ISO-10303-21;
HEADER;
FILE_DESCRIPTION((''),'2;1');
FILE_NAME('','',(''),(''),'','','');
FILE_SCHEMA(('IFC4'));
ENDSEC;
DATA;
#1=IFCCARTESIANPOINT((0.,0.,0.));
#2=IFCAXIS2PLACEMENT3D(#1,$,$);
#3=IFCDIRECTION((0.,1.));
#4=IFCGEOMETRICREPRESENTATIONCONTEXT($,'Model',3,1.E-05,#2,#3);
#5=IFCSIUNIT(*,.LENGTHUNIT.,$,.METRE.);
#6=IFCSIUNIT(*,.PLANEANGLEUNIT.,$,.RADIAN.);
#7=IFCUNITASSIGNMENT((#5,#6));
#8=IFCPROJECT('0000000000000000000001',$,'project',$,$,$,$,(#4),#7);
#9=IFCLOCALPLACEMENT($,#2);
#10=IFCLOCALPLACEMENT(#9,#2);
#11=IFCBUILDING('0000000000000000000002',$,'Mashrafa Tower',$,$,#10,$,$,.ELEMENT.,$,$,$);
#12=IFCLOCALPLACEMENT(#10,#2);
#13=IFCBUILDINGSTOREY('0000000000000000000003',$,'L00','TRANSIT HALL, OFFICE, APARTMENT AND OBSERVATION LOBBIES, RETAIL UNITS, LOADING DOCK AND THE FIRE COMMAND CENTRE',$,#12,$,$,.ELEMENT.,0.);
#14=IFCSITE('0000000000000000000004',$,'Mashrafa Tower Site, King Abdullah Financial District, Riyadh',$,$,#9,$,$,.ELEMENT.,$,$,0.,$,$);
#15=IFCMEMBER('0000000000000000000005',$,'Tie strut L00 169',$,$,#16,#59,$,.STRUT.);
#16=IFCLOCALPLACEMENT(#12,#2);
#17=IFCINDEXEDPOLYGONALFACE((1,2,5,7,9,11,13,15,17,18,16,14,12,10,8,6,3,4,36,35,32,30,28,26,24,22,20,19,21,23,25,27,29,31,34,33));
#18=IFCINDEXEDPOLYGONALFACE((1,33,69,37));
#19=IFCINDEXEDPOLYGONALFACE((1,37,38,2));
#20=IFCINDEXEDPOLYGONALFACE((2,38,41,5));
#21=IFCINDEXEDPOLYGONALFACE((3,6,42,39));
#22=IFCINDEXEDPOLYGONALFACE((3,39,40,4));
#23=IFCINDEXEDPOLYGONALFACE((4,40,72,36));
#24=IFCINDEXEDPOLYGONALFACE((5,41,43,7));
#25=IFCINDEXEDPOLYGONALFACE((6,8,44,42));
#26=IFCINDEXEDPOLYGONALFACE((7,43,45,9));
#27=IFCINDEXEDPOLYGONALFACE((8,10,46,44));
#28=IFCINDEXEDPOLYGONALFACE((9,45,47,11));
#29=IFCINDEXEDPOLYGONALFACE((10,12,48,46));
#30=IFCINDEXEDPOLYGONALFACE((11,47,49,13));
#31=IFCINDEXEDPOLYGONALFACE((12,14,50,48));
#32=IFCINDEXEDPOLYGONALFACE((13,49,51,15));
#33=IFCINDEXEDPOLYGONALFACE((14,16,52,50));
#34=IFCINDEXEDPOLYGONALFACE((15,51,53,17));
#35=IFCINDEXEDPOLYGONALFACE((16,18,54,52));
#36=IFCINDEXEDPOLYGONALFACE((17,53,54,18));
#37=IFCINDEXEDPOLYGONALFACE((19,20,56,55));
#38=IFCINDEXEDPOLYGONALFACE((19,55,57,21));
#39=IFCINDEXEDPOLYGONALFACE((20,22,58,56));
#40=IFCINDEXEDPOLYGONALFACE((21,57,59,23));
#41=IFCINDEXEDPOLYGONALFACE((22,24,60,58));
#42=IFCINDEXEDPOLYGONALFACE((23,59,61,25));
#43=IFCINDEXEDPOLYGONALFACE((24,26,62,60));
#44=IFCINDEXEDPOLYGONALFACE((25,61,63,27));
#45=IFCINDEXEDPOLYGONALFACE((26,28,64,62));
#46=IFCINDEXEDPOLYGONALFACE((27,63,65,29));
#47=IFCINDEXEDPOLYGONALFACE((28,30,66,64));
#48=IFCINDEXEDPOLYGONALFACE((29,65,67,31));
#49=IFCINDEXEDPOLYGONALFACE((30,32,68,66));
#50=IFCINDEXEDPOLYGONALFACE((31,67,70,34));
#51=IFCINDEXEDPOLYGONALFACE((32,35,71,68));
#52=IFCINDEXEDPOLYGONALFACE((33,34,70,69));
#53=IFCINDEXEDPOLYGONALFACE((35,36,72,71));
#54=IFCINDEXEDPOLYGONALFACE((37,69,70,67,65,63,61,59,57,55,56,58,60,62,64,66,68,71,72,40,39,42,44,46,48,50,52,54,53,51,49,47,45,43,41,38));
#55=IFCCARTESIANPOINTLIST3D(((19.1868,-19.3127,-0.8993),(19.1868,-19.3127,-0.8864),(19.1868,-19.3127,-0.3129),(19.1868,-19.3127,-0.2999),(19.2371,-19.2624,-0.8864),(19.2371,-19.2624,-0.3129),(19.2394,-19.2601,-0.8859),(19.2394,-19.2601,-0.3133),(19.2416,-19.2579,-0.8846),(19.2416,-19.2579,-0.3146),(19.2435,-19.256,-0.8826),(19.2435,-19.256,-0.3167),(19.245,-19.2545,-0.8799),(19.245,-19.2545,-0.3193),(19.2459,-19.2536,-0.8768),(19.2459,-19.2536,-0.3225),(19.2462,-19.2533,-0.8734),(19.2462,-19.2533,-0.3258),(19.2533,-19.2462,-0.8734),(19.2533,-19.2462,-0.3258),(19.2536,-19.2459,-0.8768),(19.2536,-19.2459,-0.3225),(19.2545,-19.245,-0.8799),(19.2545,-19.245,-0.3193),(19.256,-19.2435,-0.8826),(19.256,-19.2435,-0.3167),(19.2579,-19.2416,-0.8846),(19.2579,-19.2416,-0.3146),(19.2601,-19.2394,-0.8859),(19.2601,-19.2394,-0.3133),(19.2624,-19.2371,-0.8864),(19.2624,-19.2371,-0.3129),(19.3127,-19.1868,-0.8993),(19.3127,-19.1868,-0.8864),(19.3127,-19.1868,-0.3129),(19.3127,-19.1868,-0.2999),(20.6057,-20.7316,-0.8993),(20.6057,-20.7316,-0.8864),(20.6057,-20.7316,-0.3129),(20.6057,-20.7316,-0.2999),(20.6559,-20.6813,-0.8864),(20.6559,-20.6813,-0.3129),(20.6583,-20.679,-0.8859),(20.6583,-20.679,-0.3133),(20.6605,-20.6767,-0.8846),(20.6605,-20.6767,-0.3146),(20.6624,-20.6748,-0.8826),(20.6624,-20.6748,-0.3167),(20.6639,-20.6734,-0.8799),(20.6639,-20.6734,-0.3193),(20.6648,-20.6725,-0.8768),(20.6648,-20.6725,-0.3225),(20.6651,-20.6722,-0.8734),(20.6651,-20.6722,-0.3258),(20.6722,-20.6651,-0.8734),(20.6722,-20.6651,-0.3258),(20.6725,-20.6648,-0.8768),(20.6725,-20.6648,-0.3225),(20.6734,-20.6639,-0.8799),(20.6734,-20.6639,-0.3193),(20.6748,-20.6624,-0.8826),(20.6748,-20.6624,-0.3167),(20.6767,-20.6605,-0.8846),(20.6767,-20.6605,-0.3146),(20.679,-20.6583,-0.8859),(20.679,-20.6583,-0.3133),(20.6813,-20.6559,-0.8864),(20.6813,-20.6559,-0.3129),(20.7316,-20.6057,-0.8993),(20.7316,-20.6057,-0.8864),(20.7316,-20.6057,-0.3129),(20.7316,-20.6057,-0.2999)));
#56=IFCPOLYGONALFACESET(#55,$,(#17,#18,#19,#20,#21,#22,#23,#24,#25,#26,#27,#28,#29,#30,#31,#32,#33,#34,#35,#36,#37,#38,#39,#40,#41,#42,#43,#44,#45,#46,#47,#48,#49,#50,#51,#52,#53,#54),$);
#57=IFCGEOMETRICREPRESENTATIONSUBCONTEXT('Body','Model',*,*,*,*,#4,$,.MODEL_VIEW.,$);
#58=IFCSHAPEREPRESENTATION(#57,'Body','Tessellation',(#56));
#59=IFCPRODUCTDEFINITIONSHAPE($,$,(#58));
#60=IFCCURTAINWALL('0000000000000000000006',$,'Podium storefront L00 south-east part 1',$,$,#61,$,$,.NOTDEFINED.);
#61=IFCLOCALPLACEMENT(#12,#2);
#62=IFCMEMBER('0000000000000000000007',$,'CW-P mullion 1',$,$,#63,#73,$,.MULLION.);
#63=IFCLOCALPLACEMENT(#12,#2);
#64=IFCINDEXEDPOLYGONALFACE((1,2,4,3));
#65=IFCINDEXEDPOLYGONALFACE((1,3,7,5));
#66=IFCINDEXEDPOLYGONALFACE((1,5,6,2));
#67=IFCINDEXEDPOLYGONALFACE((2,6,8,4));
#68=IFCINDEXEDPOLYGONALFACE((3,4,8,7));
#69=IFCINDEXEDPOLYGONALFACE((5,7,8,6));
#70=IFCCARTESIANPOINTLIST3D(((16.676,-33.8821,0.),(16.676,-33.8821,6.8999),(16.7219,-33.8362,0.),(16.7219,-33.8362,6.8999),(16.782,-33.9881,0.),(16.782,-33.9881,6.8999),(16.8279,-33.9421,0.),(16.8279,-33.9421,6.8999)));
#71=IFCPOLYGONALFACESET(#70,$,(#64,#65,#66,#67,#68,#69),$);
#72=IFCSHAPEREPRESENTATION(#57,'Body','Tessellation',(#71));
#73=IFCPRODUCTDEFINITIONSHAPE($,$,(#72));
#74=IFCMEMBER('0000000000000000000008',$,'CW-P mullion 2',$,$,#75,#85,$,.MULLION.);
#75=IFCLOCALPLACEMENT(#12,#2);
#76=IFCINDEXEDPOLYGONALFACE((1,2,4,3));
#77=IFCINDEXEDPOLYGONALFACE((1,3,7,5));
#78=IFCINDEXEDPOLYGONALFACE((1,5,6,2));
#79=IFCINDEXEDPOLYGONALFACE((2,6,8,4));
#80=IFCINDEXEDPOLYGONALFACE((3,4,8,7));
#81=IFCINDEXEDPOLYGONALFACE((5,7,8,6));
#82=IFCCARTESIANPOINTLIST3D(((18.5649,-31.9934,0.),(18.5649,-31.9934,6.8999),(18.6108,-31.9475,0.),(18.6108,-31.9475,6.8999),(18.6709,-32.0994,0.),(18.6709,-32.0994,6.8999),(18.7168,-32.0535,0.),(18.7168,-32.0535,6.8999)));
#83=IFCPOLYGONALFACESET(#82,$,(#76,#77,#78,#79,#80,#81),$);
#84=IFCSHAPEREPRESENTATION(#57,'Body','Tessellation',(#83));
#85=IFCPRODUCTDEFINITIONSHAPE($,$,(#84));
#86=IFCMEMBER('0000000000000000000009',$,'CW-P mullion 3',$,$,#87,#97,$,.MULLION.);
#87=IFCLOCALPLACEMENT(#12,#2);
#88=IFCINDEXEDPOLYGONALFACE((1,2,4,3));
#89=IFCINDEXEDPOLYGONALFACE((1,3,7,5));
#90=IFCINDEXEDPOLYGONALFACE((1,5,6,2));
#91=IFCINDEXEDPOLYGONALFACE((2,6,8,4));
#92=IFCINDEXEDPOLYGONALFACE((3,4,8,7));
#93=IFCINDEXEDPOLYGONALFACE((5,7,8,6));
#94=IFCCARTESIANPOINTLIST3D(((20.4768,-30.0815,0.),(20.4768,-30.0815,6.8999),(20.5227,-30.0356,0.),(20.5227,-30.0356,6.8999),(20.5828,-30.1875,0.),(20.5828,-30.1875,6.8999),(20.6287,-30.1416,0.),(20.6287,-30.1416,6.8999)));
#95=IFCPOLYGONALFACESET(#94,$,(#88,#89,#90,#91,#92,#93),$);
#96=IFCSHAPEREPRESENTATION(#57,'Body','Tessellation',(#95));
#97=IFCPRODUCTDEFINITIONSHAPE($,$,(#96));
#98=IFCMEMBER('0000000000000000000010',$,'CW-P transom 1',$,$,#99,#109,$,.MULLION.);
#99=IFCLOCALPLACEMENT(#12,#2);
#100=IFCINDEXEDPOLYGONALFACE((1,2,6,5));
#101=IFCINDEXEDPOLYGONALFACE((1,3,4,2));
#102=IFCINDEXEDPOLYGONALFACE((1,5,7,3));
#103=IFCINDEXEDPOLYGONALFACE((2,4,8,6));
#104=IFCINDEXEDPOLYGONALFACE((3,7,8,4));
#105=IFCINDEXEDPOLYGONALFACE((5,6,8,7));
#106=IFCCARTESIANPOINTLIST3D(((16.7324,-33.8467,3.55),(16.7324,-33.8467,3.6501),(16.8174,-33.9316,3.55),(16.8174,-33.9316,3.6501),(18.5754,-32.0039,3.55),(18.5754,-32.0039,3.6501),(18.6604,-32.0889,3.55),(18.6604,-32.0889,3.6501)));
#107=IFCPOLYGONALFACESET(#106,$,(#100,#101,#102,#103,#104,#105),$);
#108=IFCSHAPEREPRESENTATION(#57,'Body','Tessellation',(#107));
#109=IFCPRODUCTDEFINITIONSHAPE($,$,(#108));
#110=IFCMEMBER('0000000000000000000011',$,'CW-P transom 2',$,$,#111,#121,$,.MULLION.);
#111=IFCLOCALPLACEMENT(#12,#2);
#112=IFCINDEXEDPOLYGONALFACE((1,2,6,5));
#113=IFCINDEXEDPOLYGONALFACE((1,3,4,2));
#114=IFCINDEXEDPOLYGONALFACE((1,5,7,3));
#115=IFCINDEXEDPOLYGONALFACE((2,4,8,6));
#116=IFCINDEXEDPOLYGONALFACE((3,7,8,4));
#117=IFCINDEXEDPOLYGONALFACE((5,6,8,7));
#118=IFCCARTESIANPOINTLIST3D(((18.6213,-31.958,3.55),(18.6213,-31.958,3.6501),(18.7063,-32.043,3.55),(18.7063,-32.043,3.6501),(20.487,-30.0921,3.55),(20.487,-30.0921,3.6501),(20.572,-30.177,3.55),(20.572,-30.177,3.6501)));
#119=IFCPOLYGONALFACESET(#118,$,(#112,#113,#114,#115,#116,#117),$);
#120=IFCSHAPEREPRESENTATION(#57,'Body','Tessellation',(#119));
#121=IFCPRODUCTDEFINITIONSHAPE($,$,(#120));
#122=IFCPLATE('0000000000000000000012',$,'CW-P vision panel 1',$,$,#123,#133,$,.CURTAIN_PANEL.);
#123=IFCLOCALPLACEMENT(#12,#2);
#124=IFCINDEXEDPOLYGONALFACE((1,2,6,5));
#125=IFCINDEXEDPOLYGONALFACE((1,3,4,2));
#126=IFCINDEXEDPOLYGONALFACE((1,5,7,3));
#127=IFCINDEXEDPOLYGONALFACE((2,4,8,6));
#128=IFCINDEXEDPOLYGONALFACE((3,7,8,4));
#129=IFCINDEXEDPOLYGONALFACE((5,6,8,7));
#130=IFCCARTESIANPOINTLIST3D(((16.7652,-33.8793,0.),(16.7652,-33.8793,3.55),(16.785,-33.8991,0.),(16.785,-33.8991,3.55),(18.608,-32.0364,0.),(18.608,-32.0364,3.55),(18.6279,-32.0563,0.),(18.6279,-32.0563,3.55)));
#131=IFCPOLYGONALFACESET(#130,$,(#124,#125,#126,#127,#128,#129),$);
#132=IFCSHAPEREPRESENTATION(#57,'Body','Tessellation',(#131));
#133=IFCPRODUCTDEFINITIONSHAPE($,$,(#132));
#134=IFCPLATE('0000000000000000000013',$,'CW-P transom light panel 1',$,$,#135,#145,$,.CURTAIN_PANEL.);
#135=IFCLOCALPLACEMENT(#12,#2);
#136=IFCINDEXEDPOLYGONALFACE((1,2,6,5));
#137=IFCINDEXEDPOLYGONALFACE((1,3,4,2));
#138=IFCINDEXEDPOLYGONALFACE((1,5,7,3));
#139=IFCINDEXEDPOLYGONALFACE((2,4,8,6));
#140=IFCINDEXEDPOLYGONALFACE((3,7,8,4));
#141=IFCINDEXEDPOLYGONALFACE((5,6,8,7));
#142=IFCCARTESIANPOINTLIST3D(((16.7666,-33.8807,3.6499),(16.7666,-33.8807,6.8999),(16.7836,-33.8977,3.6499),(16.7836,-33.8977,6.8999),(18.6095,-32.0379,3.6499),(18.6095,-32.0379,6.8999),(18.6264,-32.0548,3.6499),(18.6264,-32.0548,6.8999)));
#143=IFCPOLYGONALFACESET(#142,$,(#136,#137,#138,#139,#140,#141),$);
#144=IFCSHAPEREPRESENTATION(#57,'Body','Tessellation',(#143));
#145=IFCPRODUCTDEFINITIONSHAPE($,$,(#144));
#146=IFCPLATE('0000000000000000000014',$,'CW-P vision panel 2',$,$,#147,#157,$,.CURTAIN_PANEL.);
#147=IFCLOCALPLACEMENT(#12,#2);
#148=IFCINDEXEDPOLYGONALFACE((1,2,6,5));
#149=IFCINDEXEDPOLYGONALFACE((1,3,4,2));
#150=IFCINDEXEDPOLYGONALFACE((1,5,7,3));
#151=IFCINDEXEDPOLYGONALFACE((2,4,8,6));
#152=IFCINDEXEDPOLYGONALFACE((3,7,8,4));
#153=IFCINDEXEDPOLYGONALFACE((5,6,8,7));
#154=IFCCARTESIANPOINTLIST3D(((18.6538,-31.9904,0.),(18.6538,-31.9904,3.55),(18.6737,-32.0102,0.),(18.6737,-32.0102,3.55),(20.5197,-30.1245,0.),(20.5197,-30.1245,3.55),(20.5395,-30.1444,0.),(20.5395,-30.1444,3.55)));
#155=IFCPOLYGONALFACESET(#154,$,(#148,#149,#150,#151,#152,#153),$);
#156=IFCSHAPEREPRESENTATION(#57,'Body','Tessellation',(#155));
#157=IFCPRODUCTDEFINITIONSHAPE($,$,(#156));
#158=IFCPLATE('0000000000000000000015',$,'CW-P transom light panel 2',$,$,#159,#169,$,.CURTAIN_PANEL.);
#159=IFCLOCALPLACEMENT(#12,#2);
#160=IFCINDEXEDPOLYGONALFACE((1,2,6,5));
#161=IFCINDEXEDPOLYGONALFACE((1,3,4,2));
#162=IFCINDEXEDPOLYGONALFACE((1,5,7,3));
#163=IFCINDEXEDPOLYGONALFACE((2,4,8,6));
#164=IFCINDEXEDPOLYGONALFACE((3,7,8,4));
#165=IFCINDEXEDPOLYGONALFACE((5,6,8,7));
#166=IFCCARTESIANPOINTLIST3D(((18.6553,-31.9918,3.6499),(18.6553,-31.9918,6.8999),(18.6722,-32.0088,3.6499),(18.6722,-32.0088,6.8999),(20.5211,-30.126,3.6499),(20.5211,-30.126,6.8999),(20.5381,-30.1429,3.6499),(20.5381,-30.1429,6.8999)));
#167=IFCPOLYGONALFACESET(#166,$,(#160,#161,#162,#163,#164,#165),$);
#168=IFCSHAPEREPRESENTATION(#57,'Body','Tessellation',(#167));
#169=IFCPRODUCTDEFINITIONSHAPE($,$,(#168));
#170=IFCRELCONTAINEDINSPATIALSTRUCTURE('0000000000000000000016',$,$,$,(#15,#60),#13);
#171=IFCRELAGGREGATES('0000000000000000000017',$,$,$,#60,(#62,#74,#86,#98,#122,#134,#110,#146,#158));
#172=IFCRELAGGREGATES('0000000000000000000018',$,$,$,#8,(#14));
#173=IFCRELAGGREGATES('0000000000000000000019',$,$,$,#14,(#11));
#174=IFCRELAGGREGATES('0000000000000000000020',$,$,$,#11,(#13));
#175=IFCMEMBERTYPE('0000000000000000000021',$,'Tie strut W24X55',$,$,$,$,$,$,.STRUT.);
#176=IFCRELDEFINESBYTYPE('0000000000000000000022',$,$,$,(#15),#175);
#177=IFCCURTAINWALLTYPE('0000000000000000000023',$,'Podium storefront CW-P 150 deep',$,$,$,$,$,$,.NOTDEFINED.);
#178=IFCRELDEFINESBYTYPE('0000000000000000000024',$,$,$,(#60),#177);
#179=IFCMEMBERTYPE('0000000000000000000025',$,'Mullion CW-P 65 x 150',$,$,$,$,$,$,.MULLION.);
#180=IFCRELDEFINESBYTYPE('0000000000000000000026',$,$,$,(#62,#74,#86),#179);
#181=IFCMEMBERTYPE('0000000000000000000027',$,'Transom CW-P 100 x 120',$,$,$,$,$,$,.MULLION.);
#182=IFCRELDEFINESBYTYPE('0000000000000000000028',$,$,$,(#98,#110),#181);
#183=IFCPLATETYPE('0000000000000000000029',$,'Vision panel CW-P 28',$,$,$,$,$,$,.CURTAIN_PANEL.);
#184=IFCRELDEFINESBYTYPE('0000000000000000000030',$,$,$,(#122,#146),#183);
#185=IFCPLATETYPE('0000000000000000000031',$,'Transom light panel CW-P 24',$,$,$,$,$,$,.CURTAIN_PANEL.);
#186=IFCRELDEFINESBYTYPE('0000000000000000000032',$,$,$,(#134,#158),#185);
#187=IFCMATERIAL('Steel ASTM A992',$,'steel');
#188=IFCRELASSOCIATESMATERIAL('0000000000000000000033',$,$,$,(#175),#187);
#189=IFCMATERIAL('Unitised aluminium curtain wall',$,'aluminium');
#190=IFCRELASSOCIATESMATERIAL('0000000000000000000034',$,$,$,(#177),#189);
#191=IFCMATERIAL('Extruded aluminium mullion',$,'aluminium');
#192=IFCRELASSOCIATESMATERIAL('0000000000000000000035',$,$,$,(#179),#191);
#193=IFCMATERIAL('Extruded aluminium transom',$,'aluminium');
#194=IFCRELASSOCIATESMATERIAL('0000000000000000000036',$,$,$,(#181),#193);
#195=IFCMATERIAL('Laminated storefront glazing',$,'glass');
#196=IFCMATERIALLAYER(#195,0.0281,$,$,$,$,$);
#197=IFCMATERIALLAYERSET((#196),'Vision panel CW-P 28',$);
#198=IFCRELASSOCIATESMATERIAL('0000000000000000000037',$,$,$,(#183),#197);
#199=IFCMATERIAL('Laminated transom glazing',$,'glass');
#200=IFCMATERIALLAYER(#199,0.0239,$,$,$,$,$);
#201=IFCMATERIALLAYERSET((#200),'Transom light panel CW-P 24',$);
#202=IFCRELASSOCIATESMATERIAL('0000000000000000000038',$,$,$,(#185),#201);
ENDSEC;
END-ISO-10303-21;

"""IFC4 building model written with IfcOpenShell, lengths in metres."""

from ifc_helpers import new_model, si_unit, direction, frame, origin, origin_2d, place, context, subcontext, project, spatial, rectangle, i_section, extrude, source, transform, mapped, material, layer, layer_set, material_profile, profile_set, type_object, type_shapes, element, aggregate, save


model = new_model("IFC4")

# Units and contexts
model_context = context("Model", 3, precision=1e-05, world=origin(), true_north=direction((0.0, 1.0)))
body_context = subcontext(model_context, "Body", "Model", "MODEL_VIEW")
ifc_project = project(units=[si_unit("LENGTHUNIT", "METRE"), si_unit("PLANEANGLEUNIT", "RADIAN")], contexts=[model_context])

# Site, building, storey
site_placement = place(None, origin())
site = spatial("IfcSite", under=ifc_project, at=site_placement, Name="Mashrafa Tower Site, King Abdullah Financial District, Riyadh", CompositionType="ELEMENT", RefElevation=0.0)
building_placement = place(site_placement, origin())
building = spatial("IfcBuilding", under=site, at=building_placement, Name="Mashrafa Tower", CompositionType="ELEMENT")
storey_placement = place(building_placement, origin())
storey = spatial("IfcBuildingStorey", under=building, at=storey_placement, Name="L00", Description="TRANSIT HALL, OFFICE, APARTMENT AND OBSERVATION LOBBIES, RETAIL UNITS, LOADING DOCK AND THE FIRE COMMAND CENTRE", CompositionType="ELEMENT", Elevation=0.0)

# Member
ifc_material_1 = material(Name="Steel ASTM A992", Category="steel")
ifc_material_profile_1 = material_profile(ifc_material_1, i_section(OverallWidth=0.178, OverallDepth=0.5994, WebThickness=0.01, FlangeThickness=0.0129, FilletRadius=0.0129, at=origin_2d()), Name="W24X55")
ifc_profile_set_1 = profile_set([ifc_material_profile_1], Name="Steel ASTM A992")
member_type_1 = type_object("IfcMemberType", Name="Tie strut W24X55", PredefinedType="STRUT", material=ifc_profile_set_1)
shared_shape_1 = source(origin(), body_context, "Body", "SweptSolid", [
    extrude(i_section(OverallWidth=0.178, OverallDepth=0.5994, WebThickness=0.01, FlangeThickness=0.0129, FilletRadius=0.0129, at=origin_2d()), origin(), (0.0, 0.0, 1.0), 2.0066),
])
type_shapes(member_type_1, [shared_shape_1])
member_1_placement = place(storey_placement, frame((19.2498, -19.2498, -0.5996), z_axis=(0.707107, -0.707107, 0.0), x_axis=(0.707107, 0.707107, 0.0)))
element("IfcMember", 1, at=member_1_placement, inside=storey, type_object=member_type_1, Name="Tie strut L00 169", PredefinedType="STRUT", context=body_context, shape_type="MappedRepresentation", body=[
    mapped(shared_shape_1, transform((0.0, 0.0, 0.0))),
])

# Curtain wall, members, plates
ifc_material_2 = material(Name="Unitised aluminium curtain wall", Category="aluminium")
curtain_wall_type = type_object("IfcCurtainWallType", Name="Podium storefront CW-P 150 deep", PredefinedType="NOTDEFINED", material=ifc_material_2)
curtain_wall_placement = place(storey_placement, origin())
curtain_wall = element("IfcCurtainWall", 2, at=curtain_wall_placement, inside=storey, type_object=curtain_wall_type, Name="Podium storefront L00 south-east part 1", PredefinedType="NOTDEFINED")
ifc_material_3 = material(Name="Extruded aluminium mullion", Category="aluminium")
ifc_material_profile_2 = material_profile(ifc_material_3, rectangle(XDim=0.1499, YDim=0.0649, at=origin_2d()), Name="Mullion 65x150")
ifc_profile_set_2 = profile_set([ifc_material_profile_2], Name="Extruded aluminium mullion")
member_type_2 = type_object("IfcMemberType", Name="Mullion CW-P 65 x 150", PredefinedType="MULLION", material=ifc_profile_set_2)
shared_shape_2 = source(origin(), body_context, "Body", "SweptSolid", [
    extrude(rectangle(XDim=0.1499, YDim=0.0649, at=origin_2d()), origin(), (0.0, 0.0, 1.0), 6.8999),
])
type_shapes(member_type_2, [shared_shape_2])
member_2_placement = place(storey_placement, frame((16.752, -33.9121, 0.0), z_axis=(0.0, 0.0, 1.0), x_axis=(-0.707107, 0.707107, 0.0)))
member_2 = element("IfcMember", 3, at=member_2_placement, type_object=member_type_2, Name="CW-P mullion 1", PredefinedType="MULLION", context=body_context, shape_type="MappedRepresentation", body=[
    mapped(shared_shape_2, transform((0.0, 0.0, 0.0))),
])
member_3_placement = place(storey_placement, frame((18.6409, -32.0234, 0.0), z_axis=(0.0, 0.0, 1.0), x_axis=(-0.707107, 0.707107, 0.0)))
member_3 = element("IfcMember", 4, at=member_3_placement, type_object=member_type_2, Name="CW-P mullion 2", PredefinedType="MULLION", context=body_context, shape_type="MappedRepresentation", body=[
    mapped(shared_shape_2, transform((0.0, 0.0, 0.0))),
])
member_4_placement = place(storey_placement, frame((20.5527, -30.1116, 0.0), z_axis=(0.0, 0.0, 1.0), x_axis=(-0.707107, 0.707107, 0.0)))
member_4 = element("IfcMember", 5, at=member_4_placement, type_object=member_type_2, Name="CW-P mullion 3", PredefinedType="MULLION", context=body_context, shape_type="MappedRepresentation", body=[
    mapped(shared_shape_2, transform((0.0, 0.0, 0.0))),
])
ifc_material_4 = material(Name="Extruded aluminium transom", Category="aluminium")
ifc_material_profile_3 = material_profile(ifc_material_4, rectangle(XDim=0.1201, YDim=0.1001, at=origin_2d()), Name="Transom 100x120")
ifc_profile_set_3 = profile_set([ifc_material_profile_3], Name="Extruded aluminium transom")
member_type_3 = type_object("IfcMemberType", Name="Transom CW-P 100 x 120", PredefinedType="MULLION", material=ifc_profile_set_3)
shared_shape_3 = source(origin(), body_context, "Body", "SweptSolid", [
    extrude(rectangle(XDim=0.1201, YDim=0.1001, at=origin_2d()), origin(), (0.0, 0.0, 1.0), 2.6062),
])
member_5_placement = place(storey_placement, frame((16.7749, -33.8892, 3.6001), z_axis=(0.707154, 0.70706, 0.0), x_axis=(-0.70706, 0.707154, 0.0)))
member_5 = element("IfcMember", 6, at=member_5_placement, type_object=member_type_3, Name="CW-P transom 1", PredefinedType="MULLION", context=body_context, shape_type="MappedRepresentation", body=[
    mapped(shared_shape_3, transform((0.0, 0.0, 0.0))),
])
shared_shape_4 = source(origin(), body_context, "Body", "SweptSolid", [
    extrude(rectangle(XDim=0.1201, YDim=0.1001, at=origin_2d()), origin(), (0.0, 0.0, 1.0), 2.6387),
])
type_shapes(member_type_3, [shared_shape_3, shared_shape_4])
member_6_placement = place(storey_placement, frame((18.6638, -32.0005, 3.6001), z_axis=(0.707061, 0.707153, 0.0), x_axis=(-0.707153, 0.707061, 0.0)))
member_6 = element("IfcMember", 7, at=member_6_placement, type_object=member_type_3, Name="CW-P transom 2", PredefinedType="MULLION", context=body_context, shape_type="MappedRepresentation", body=[
    mapped(shared_shape_4, transform((0.0, 0.0, 0.0))),
])
ifc_material_5 = material(Name="Laminated storefront glazing", Category="glass")
ifc_layer_1 = layer(ifc_material_5, 0.0281)
ifc_layer_set_1 = layer_set([ifc_layer_1], Name="Vision panel CW-P 28")
plate_type_1 = type_object("IfcPlateType", Name="Vision panel CW-P 28", PredefinedType="CURTAIN_PANEL", material=ifc_layer_set_1)
shared_shape_5 = source(origin(), body_context, "Body", "SweptSolid", [
    extrude(rectangle(XDim=2.6062, YDim=0.0281, at=origin_2d()), origin(), (0.0, 0.0, 1.0), 3.55),
])
plate_1_placement = place(storey_placement, frame((17.6965, -32.9678, 0.0), z_axis=(0.0, 0.0, 1.0), x_axis=(0.707107, 0.707107, 0.0)))
plate_1 = element("IfcPlate", 8, at=plate_1_placement, type_object=plate_type_1, Name="CW-P vision panel 1", PredefinedType="CURTAIN_PANEL", context=body_context, shape_type="MappedRepresentation", body=[
    mapped(shared_shape_5, transform((0.0, 0.0, 0.0))),
])
ifc_material_6 = material(Name="Laminated transom glazing", Category="glass")
ifc_layer_2 = layer(ifc_material_6, 0.0239)
ifc_layer_set_2 = layer_set([ifc_layer_2], Name="Transom light panel CW-P 24")
plate_type_2 = type_object("IfcPlateType", Name="Transom light panel CW-P 24", PredefinedType="CURTAIN_PANEL", material=ifc_layer_set_2)
shared_shape_6 = source(origin(), body_context, "Body", "SweptSolid", [
    extrude(rectangle(XDim=2.6062, YDim=0.0239, at=origin_2d()), origin(), (0.0, 0.0, 1.0), 3.25),
])
plate_2_placement = place(storey_placement, frame((17.6965, -32.9678, 3.6499), z_axis=(0.0, 0.0, 1.0), x_axis=(0.707107, 0.707107, 0.0)))
plate_2 = element("IfcPlate", 9, at=plate_2_placement, type_object=plate_type_2, Name="CW-P transom light panel 1", PredefinedType="CURTAIN_PANEL", context=body_context, shape_type="MappedRepresentation", body=[
    mapped(shared_shape_6, transform((0.0, 0.0, 0.0))),
])
shared_shape_7 = source(origin(), body_context, "Body", "SweptSolid", [
    extrude(rectangle(XDim=2.6387, YDim=0.0281, at=origin_2d()), origin(), (0.0, 0.0, 1.0), 3.55),
])
type_shapes(plate_type_1, [shared_shape_5, shared_shape_7])
plate_3_placement = place(storey_placement, frame((19.5967, -31.0674, 0.0), z_axis=(0.0, 0.0, 1.0), x_axis=(0.707107, 0.707107, 0.0)))
plate_3 = element("IfcPlate", 10, at=plate_3_placement, type_object=plate_type_1, Name="CW-P vision panel 2", PredefinedType="CURTAIN_PANEL", context=body_context, shape_type="MappedRepresentation", body=[
    mapped(shared_shape_7, transform((0.0, 0.0, 0.0))),
])
shared_shape_8 = source(origin(), body_context, "Body", "SweptSolid", [
    extrude(rectangle(XDim=2.6387, YDim=0.0239, at=origin_2d()), origin(), (0.0, 0.0, 1.0), 3.25),
])
type_shapes(plate_type_2, [shared_shape_6, shared_shape_8])
plate_4_placement = place(storey_placement, frame((19.5967, -31.0674, 3.6499), z_axis=(0.0, 0.0, 1.0), x_axis=(0.707107, 0.707107, 0.0)))
plate_4 = element("IfcPlate", 11, at=plate_4_placement, type_object=plate_type_2, Name="CW-P transom light panel 2", PredefinedType="CURTAIN_PANEL", context=body_context, shape_type="MappedRepresentation", body=[
    mapped(shared_shape_8, transform((0.0, 0.0, 0.0))),
])
aggregate(curtain_wall, [member_2, member_3, member_4, member_5, plate_1, plate_2, member_6, plate_3, plate_4])

save(model, "model.ifc")
